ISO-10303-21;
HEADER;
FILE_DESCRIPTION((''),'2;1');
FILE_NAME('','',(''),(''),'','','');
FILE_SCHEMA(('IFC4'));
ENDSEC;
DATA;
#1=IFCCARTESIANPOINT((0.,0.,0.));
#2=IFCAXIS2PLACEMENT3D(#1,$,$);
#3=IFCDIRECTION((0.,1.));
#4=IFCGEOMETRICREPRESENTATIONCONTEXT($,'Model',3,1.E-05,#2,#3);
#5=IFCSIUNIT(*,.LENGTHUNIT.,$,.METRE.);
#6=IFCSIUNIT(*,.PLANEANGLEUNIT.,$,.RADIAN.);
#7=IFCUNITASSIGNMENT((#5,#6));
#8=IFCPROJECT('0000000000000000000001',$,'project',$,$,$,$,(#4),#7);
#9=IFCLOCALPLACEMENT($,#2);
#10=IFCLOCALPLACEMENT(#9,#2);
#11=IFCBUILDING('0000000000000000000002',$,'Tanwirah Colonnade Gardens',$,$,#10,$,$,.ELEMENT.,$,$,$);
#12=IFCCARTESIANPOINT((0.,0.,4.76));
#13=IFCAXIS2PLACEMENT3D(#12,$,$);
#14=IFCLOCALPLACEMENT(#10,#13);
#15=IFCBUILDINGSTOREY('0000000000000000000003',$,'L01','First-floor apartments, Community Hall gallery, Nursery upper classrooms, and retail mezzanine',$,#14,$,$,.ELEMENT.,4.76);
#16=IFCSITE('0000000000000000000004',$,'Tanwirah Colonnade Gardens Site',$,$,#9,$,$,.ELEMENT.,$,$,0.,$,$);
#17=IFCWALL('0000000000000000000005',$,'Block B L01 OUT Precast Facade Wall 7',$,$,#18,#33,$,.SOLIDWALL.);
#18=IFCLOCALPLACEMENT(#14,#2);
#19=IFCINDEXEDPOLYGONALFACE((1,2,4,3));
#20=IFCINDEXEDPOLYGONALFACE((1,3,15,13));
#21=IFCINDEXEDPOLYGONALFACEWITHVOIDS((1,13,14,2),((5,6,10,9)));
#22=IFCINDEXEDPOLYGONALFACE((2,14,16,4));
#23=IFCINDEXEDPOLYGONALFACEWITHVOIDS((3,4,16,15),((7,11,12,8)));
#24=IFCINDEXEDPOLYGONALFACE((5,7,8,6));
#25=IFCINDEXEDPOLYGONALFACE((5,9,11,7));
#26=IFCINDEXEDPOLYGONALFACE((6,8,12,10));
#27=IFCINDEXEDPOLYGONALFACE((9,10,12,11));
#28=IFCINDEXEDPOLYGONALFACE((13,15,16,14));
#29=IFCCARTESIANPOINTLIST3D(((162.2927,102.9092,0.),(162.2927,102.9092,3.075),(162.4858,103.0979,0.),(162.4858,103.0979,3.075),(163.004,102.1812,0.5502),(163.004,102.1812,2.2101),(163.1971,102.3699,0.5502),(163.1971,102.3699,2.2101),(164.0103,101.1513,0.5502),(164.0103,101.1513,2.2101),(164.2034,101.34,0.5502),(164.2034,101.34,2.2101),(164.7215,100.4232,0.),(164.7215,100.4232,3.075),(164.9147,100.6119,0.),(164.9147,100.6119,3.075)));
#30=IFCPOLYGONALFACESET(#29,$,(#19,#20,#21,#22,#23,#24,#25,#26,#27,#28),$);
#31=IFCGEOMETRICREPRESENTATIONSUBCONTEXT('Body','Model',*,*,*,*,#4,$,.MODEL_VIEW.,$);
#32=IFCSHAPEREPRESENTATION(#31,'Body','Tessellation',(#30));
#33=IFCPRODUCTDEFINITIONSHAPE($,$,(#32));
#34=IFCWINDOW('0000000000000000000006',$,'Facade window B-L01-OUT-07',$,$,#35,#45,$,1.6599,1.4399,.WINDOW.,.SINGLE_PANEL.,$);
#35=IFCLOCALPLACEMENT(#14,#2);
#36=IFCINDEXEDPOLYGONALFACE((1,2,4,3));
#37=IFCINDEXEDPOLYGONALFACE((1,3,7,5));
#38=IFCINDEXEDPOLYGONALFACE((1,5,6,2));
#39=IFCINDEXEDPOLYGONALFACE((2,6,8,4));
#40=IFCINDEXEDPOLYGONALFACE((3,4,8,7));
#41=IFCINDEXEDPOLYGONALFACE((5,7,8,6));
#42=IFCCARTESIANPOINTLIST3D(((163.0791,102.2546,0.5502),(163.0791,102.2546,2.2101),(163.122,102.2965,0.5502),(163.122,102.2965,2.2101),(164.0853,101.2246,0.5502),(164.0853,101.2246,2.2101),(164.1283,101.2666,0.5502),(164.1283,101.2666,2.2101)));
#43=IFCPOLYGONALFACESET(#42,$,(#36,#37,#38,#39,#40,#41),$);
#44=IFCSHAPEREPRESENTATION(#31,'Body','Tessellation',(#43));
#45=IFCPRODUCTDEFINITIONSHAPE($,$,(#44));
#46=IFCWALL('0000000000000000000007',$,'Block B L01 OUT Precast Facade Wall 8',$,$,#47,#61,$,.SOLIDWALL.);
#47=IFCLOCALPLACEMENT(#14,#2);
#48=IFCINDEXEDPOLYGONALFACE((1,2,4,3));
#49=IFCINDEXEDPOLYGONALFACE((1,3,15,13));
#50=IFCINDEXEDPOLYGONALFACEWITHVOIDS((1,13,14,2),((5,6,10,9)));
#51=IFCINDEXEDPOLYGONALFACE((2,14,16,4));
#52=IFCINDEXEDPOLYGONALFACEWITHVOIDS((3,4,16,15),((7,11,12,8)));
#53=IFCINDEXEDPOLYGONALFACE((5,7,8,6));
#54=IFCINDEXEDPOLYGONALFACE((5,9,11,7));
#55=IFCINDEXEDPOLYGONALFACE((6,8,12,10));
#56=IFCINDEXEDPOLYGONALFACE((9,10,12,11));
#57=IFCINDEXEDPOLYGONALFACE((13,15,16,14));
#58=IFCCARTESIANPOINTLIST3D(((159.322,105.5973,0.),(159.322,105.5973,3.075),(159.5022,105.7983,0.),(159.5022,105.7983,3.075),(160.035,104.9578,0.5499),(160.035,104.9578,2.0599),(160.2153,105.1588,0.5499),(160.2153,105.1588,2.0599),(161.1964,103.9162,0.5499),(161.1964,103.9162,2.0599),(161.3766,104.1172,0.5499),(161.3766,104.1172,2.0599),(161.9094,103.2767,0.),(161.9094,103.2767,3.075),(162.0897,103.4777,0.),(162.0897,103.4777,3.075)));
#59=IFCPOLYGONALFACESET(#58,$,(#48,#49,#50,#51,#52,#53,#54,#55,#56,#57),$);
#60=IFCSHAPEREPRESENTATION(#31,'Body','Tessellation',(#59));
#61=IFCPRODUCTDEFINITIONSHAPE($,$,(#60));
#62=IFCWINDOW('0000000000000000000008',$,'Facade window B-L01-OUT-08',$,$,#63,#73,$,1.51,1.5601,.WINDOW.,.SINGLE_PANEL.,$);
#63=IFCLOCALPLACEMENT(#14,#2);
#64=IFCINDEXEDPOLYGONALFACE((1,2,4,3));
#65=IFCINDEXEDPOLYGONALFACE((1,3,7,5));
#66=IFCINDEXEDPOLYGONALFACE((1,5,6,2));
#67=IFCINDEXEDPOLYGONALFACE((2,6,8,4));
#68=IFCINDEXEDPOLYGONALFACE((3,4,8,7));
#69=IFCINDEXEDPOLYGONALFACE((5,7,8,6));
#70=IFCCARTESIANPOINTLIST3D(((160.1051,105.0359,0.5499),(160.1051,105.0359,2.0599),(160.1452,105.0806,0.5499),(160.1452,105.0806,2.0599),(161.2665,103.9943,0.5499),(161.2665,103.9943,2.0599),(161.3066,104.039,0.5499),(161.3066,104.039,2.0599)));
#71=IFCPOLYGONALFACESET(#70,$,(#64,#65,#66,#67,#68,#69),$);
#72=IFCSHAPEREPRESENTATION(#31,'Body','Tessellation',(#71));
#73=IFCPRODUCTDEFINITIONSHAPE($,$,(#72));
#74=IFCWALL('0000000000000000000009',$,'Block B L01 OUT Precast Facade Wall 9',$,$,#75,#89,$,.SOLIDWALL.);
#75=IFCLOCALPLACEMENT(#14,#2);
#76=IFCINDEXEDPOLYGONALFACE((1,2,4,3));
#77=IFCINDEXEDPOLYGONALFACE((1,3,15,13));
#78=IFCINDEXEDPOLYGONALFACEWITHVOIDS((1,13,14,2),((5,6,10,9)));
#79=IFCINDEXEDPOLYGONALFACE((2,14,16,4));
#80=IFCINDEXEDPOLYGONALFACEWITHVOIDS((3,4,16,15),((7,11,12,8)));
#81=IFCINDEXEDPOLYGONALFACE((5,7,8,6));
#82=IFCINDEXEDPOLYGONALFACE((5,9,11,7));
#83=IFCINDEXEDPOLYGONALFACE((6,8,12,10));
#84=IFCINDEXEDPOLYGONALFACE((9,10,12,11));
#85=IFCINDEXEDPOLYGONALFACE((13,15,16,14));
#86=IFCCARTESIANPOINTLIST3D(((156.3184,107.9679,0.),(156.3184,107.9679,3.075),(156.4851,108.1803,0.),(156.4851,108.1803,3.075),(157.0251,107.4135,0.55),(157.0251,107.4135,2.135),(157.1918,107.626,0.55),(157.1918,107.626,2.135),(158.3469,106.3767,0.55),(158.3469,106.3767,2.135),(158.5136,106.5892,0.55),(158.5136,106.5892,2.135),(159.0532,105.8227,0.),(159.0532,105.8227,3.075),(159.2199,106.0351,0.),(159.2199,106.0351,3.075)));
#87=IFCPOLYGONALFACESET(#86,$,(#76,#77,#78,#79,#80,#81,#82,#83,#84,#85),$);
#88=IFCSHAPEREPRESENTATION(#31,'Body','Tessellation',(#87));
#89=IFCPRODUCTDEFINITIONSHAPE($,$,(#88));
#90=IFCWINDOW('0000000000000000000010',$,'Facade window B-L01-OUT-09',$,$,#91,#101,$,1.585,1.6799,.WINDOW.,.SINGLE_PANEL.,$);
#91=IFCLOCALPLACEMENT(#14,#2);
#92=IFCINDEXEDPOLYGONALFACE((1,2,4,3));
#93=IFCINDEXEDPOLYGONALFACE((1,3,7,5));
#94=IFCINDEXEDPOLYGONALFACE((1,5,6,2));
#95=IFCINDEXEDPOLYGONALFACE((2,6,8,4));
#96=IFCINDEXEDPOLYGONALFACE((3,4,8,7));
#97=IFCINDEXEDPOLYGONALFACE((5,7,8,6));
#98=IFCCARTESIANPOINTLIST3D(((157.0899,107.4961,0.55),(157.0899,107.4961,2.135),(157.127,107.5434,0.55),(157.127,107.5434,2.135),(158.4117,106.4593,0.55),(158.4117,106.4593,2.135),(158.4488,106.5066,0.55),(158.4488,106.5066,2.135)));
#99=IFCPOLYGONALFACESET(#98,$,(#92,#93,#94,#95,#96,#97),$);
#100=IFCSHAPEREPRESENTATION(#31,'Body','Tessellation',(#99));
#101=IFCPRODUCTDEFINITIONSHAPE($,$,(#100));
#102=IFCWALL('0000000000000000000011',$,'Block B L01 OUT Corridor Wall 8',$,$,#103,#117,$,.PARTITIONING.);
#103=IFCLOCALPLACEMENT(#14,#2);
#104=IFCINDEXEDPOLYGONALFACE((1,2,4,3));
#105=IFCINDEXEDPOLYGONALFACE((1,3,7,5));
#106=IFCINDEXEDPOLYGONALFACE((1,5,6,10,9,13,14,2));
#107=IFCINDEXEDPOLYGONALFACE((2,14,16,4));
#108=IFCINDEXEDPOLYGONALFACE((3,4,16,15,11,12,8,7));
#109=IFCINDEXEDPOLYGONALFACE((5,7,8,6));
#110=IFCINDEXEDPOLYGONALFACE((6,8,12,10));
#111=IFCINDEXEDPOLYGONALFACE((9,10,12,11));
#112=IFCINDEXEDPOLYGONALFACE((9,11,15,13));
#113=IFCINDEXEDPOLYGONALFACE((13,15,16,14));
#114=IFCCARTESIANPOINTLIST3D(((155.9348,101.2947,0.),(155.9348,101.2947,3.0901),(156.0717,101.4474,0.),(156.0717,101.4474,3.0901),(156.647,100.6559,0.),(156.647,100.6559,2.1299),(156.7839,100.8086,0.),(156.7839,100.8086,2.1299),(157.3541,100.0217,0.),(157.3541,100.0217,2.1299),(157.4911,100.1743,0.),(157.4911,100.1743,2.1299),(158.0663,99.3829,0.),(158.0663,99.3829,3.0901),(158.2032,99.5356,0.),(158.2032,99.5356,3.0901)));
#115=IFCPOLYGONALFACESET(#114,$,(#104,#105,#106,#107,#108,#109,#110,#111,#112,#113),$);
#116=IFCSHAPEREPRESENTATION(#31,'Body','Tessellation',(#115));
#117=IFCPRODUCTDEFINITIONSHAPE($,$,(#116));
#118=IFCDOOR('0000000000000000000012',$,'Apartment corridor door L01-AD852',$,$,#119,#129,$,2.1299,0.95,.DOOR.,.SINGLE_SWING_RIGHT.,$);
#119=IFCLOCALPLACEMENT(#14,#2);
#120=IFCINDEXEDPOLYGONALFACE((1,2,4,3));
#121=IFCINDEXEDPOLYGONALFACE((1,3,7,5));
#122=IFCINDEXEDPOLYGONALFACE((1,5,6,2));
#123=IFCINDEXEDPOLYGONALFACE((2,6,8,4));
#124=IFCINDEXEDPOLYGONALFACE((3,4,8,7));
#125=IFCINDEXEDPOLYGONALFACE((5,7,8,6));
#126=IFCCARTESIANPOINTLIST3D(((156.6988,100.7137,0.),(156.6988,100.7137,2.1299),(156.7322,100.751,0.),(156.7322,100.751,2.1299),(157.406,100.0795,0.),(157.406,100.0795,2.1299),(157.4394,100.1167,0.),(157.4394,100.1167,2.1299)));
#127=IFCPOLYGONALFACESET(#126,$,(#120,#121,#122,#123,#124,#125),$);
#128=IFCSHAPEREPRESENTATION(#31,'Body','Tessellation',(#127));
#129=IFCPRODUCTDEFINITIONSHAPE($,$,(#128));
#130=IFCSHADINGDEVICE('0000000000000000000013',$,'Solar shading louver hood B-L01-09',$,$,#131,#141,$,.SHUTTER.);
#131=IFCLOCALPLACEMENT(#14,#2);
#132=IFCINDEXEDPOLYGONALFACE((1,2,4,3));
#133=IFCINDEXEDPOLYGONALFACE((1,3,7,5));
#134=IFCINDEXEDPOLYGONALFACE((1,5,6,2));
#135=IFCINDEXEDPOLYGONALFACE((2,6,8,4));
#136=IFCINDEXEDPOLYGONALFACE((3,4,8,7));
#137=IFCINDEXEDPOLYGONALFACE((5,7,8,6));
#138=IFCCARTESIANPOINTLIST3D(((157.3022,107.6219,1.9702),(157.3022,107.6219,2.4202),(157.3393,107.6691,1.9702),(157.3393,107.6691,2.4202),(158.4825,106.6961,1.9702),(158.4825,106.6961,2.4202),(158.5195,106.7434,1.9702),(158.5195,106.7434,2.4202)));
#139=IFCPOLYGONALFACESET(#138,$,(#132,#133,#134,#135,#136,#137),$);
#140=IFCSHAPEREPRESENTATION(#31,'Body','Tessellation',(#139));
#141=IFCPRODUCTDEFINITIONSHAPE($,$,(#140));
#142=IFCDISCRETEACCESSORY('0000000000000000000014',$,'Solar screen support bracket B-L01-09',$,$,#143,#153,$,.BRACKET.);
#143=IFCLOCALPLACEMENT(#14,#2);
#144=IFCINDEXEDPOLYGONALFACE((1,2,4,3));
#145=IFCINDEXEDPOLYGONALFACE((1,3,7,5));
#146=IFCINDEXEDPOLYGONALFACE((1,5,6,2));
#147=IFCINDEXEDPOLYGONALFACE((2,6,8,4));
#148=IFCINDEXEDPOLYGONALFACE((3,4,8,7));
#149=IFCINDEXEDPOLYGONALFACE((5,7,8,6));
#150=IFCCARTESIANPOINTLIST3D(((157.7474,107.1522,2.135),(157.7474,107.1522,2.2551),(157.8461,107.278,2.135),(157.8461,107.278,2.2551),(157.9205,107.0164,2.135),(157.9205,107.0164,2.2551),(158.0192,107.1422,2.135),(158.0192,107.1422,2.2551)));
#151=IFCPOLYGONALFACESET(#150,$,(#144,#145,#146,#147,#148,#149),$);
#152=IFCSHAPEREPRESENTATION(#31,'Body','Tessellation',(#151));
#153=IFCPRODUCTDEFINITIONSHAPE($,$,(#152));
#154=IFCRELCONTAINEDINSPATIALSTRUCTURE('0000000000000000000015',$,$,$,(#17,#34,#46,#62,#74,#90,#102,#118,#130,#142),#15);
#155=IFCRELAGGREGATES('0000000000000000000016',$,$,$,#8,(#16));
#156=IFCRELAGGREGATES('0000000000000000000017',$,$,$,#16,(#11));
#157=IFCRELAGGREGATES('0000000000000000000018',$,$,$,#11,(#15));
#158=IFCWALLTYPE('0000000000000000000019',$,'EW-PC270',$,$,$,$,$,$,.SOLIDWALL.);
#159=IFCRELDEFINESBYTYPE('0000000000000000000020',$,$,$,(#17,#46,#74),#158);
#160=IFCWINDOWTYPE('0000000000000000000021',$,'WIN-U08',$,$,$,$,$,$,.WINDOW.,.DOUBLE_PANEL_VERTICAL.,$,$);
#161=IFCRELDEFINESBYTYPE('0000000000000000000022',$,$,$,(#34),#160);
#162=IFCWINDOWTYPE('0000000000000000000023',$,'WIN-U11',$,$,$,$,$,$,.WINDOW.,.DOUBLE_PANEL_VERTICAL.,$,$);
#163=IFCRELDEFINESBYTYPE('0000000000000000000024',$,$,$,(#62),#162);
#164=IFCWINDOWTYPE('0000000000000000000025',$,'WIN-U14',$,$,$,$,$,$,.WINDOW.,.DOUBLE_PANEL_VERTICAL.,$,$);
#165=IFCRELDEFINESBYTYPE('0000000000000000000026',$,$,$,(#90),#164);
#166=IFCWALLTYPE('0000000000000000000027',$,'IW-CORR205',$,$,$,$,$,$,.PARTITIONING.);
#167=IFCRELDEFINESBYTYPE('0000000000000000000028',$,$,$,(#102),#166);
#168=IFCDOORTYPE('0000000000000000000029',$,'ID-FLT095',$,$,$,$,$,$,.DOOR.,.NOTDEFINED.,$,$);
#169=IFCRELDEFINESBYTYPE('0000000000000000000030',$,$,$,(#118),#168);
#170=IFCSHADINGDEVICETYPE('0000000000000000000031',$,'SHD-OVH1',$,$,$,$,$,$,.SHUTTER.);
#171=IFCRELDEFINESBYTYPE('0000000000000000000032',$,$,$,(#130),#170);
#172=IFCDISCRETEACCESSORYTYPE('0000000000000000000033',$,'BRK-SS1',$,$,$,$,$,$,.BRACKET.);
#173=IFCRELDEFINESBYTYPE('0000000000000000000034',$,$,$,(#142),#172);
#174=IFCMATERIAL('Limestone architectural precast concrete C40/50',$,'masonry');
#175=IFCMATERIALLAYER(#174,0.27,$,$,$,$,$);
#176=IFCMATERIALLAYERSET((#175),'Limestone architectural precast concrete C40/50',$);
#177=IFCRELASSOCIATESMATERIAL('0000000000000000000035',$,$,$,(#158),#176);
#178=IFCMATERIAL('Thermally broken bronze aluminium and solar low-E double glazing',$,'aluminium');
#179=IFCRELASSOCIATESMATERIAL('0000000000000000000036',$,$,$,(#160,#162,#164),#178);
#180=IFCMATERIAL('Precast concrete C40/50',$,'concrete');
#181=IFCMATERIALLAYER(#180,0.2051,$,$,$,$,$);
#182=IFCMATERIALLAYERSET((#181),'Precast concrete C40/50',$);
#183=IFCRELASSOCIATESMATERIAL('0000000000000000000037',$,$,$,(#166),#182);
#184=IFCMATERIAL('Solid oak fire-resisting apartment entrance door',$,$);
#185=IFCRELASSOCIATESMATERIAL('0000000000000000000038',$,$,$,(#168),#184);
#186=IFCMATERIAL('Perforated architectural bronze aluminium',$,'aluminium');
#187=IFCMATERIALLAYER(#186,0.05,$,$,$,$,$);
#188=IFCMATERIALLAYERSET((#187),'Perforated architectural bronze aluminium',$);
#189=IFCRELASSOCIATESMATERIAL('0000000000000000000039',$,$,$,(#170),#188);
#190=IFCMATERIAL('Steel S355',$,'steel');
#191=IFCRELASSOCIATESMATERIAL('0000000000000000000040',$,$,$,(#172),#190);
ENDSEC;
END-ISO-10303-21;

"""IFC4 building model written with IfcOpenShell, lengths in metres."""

from ifc_helpers import new_model, si_unit, direction, frame, frame_2d, origin, origin_2d, place, context, subcontext, project, spatial, rectangle, extrude, material, layer, layer_set, type_object, element, fill, save


model = new_model("IFC4")

# Units and contexts
model_context = context("Model", 3, precision=1e-05, world=origin(), true_north=direction((0.0, 1.0)))
body_context = subcontext(model_context, "Body", "Model", "MODEL_VIEW")
ifc_project = project(units=[si_unit("LENGTHUNIT", "METRE"), si_unit("PLANEANGLEUNIT", "RADIAN")], contexts=[model_context])

# Site, building, storey
site_placement = place(None, origin())
site = spatial("IfcSite", under=ifc_project, at=site_placement, Name="Tanwirah Colonnade Gardens Site", CompositionType="ELEMENT", RefElevation=0.0)
building_placement = place(site_placement, origin())
building = spatial("IfcBuilding", under=site, at=building_placement, Name="Tanwirah Colonnade Gardens", CompositionType="ELEMENT")
storey_placement = place(building_placement, frame((0.0, 0.0, 4.76)))
storey = spatial("IfcBuildingStorey", under=building, at=storey_placement, Name="L01", Description="First-floor apartments, Community Hall gallery, Nursery upper classrooms, and retail mezzanine", CompositionType="ELEMENT", Elevation=4.76)

# Shared definitions
ifc_material_1 = material(Name="Precast concrete C40/50", Category="concrete")

# Shared definitions
ifc_material_2 = material(Name="Limestone architectural precast concrete C40/50", Category="masonry")
ifc_layer_1 = layer(ifc_material_2, 0.27)
ifc_layer_set_1 = layer_set([ifc_layer_1], Name="Limestone architectural precast concrete C40/50")
wall_type_1 = type_object("IfcWallType", Name="EW-PC270", PredefinedType="SOLIDWALL", material=ifc_layer_set_1)

# Walls, openings, windows
wall_1_placement = place(storey_placement, frame((164.8181, 100.5176, 0.0), z_axis=(0.0, 0.0, 1.0), x_axis=(-0.698841, 0.715277, 0.0)))
wall_1 = element("IfcWall", 1, at=wall_1_placement, inside=storey, type_object=wall_type_1, Name="Block B L01 OUT Precast Facade Wall 7", PredefinedType="SOLIDWALL", context=body_context, shape_type="SweptSolid", body=[
    extrude(rectangle(XDim=3.4756, YDim=0.27, at=frame_2d((1.7378, 0.0))), origin(), (0.0, 0.0, 1.0), 3.075),
])
opening_1_placement = place(wall_1_placement, frame((1.0178, 0.0, 0.55)))
opening_1 = element("IfcOpeningElement", 2, at=opening_1_placement, cuts=wall_1, PredefinedType="OPENING", context=body_context, shape_type="SweptSolid", body=[
    extrude(rectangle(XDim=1.4399, YDim=1.6599, at=frame_2d((0.72, 0.8301))), frame((0.0, 0.145, 0.0), z_axis=(0.0, -1.0, 0.0), x_axis=(1.0, 0.0, 0.0)), (0.0, 0.0, 1.0), 0.29),
])
ifc_material_3 = material(Name="Thermally broken bronze aluminium and solar low-E double glazing", Category="aluminium")
window_type_1 = type_object("IfcWindowType", Name="WIN-U08", PartitioningType="DOUBLE_PANEL_VERTICAL", PredefinedType="WINDOW", material=ifc_material_3)
window_1_placement = place(opening_1_placement, origin())
window_1 = element("IfcWindow", 3, at=window_1_placement, inside=storey, type_object=window_type_1, Name="Facade window B-L01-OUT-07", OverallHeight=1.6599, OverallWidth=1.4399, PartitioningType="SINGLE_PANEL", PredefinedType="WINDOW", context=body_context, shape_type="SweptSolid", body=[
    extrude(rectangle(XDim=1.4399, YDim=1.6599, at=frame_2d((0.72, 0.8301))), frame((0.0, 0.03, 0.0), z_axis=(0.0, -1.0, 0.0), x_axis=(1.0, 0.0, 0.0)), (0.0, 0.0, 1.0), 0.0601),
])
fill(opening_1, window_1)
wall_2_placement = place(storey_placement, frame((161.9995, 103.3772, 0.0), z_axis=(0.0, 0.0, 1.0), x_axis=(-0.744453, 0.667675, 0.0)))
wall_2 = element("IfcWall", 4, at=wall_2_placement, inside=storey, type_object=wall_type_1, Name="Block B L01 OUT Precast Facade Wall 8", PredefinedType="SOLIDWALL", context=body_context, shape_type="SweptSolid", body=[
    extrude(rectangle(XDim=3.4756, YDim=0.27, at=frame_2d((1.7378, 0.0))), origin(), (0.0, 0.0, 1.0), 3.075),
])
opening_2_placement = place(wall_2_placement, frame((0.9578, 0.0, 0.55)))
opening_2 = element("IfcOpeningElement", 5, at=opening_2_placement, cuts=wall_2, PredefinedType="OPENING", context=body_context, shape_type="SweptSolid", body=[
    extrude(rectangle(XDim=1.5601, YDim=1.51, at=frame_2d((0.78, 0.7549))), frame((0.0, 0.145, 0.0), z_axis=(0.0, -1.0, 0.0), x_axis=(1.0, 0.0, 0.0)), (0.0, 0.0, 1.0), 0.29),
])
window_type_2 = type_object("IfcWindowType", Name="WIN-U11", PartitioningType="DOUBLE_PANEL_VERTICAL", PredefinedType="WINDOW", material=ifc_material_3)
window_2_placement = place(opening_2_placement, origin())
window_2 = element("IfcWindow", 6, at=window_2_placement, inside=storey, type_object=window_type_2, Name="Facade window B-L01-OUT-08", OverallHeight=1.51, OverallWidth=1.5601, PartitioningType="SINGLE_PANEL", PredefinedType="WINDOW", context=body_context, shape_type="SweptSolid", body=[
    extrude(rectangle(XDim=1.5601, YDim=1.51, at=frame_2d((0.78, 0.7549))), frame((0.0, 0.03, 0.0), z_axis=(0.0, -1.0, 0.0), x_axis=(1.0, 0.0, 0.0)), (0.0, 0.0, 1.0), 0.0601),
])
fill(opening_2, window_2)
wall_3_placement = place(storey_placement, frame((159.1365, 105.929, 0.0), z_axis=(0.0, 0.0, 1.0), x_axis=(-0.786815, 0.617189, 0.0)))
wall_3 = element("IfcWall", 7, at=wall_3_placement, inside=storey, type_object=wall_type_1, Name="Block B L01 OUT Precast Facade Wall 9", PredefinedType="SOLIDWALL", context=body_context, shape_type="SweptSolid", body=[
    extrude(rectangle(XDim=3.4758, YDim=0.27, at=frame_2d((1.7378, 0.0))), origin(), (0.0, 0.0, 1.0), 3.075),
])
opening_3_placement = place(wall_3_placement, frame((0.8977, 0.0, 0.55)))
opening_3 = element("IfcOpeningElement", 8, at=opening_3_placement, cuts=wall_3, PredefinedType="OPENING", context=body_context, shape_type="SweptSolid", body=[
    extrude(rectangle(XDim=1.6799, YDim=1.585, at=frame_2d((0.8398, 0.7925))), frame((0.0, 0.145, 0.0), z_axis=(0.0, -1.0, 0.0), x_axis=(1.0, 0.0, 0.0)), (0.0, 0.0, 1.0), 0.29),
])
window_type_3 = type_object("IfcWindowType", Name="WIN-U14", PartitioningType="DOUBLE_PANEL_VERTICAL", PredefinedType="WINDOW", material=ifc_material_3)
window_3_placement = place(opening_3_placement, origin())
window_3 = element("IfcWindow", 9, at=window_3_placement, inside=storey, type_object=window_type_3, Name="Facade window B-L01-OUT-09", OverallHeight=1.585, OverallWidth=1.6799, PartitioningType="SINGLE_PANEL", PredefinedType="WINDOW", context=body_context, shape_type="SweptSolid", body=[
    extrude(rectangle(XDim=1.6799, YDim=1.585, at=frame_2d((0.8398, 0.7925))), frame((0.0, 0.03, 0.0), z_axis=(0.0, -1.0, 0.0), x_axis=(1.0, 0.0, 0.0)), (0.0, 0.0, 1.0), 0.0601),
])
fill(opening_3, window_3)

# Wall, opening, door
ifc_layer_2 = layer(ifc_material_1, 0.2051)
ifc_layer_set_2 = layer_set([ifc_layer_2], Name="Precast concrete C40/50")
wall_type_2 = type_object("IfcWallType", Name="IW-CORR205", PredefinedType="PARTITIONING", material=ifc_layer_set_2)
wall_4_placement = place(storey_placement, frame((158.1348, 99.4592, 0.0), z_axis=(0.0, 0.0, 1.0), x_axis=(-0.744434, 0.667697, 0.0)))
wall_4 = element("IfcWall", 10, at=wall_4_placement, inside=storey, type_object=wall_type_2, Name="Block B L01 OUT Corridor Wall 8", PredefinedType="PARTITIONING", context=body_context, shape_type="SweptSolid", body=[
    extrude(rectangle(XDim=2.8633, YDim=0.2051, at=frame_2d((1.4316, 0.0))), origin(), (0.0, 0.0, 1.0), 3.0901),
])
opening_4_placement = place(wall_4_placement, frame((0.9565, 0.0, 0.0)))
opening_4 = element("IfcOpeningElement", 11, at=opening_4_placement, cuts=wall_4, PredefinedType="OPENING", context=body_context, shape_type="SweptSolid", body=[
    extrude(rectangle(XDim=0.95, YDim=2.1299, at=frame_2d((0.4751, 1.0649))), frame((0.0, 0.1125, 0.0), z_axis=(0.0, -1.0, 0.0), x_axis=(1.0, 0.0, 0.0)), (0.0, 0.0, 1.0), 0.2251),
])
ifc_material_4 = material(Name="Solid oak fire-resisting apartment entrance door")
door_type_1 = type_object("IfcDoorType", Name="ID-FLT095", OperationType="NOTDEFINED", PredefinedType="DOOR", material=ifc_material_4)
door_1_placement = place(opening_4_placement, origin())
door_1 = element("IfcDoor", 12, at=door_1_placement, inside=storey, type_object=door_type_1, Name="Apartment corridor door L01-AD852", OperationType="SINGLE_SWING_RIGHT", OverallHeight=2.1299, OverallWidth=0.95, PredefinedType="DOOR", context=body_context, shape_type="SweptSolid", body=[
    extrude(rectangle(XDim=0.95, YDim=2.1299, at=frame_2d((0.4751, 1.0649))), frame((0.0, 0.0249, 0.0), z_axis=(0.0, -1.0, 0.0), x_axis=(1.0, 0.0, 0.0)), (0.0, 0.0, 1.0), 0.05),
])
fill(opening_4, door_1)

# Shading device
ifc_material_5 = material(Name="Perforated architectural bronze aluminium", Category="aluminium")
ifc_layer_3 = layer(ifc_material_5, 0.05)
ifc_layer_set_3 = layer_set([ifc_layer_3], Name="Perforated architectural bronze aluminium")
shading_device_type = type_object("IfcShadingDeviceType", Name="SHD-OVH1", PredefinedType="SHUTTER", material=ifc_layer_set_3)
shading_device_placement = place(storey_placement, frame((157.9109, 107.1826, 1.9702), z_axis=(0.0, 0.0, 1.0), x_axis=(-0.786815, 0.617189, 0.0)))
element("IfcShadingDevice", 13, at=shading_device_placement, inside=storey, type_object=shading_device_type, Name="Solar shading louver hood B-L01-09", PredefinedType="SHUTTER", context=body_context, shape_type="SweptSolid", body=[
    extrude(rectangle(XDim=1.5, YDim=0.0601, at=origin_2d()), origin(), (0.0, 0.0, 1.0), 0.45),
])

# Discrete accessory
ifc_material_6 = material(Name="Steel S355", Category="steel")
discrete_accessory_type = type_object("IfcDiscreteAccessoryType", Name="BRK-SS1", PredefinedType="BRACKET", material=ifc_material_6)
discrete_accessory_placement = place(storey_placement, frame((157.8833, 107.1472, 2.135), z_axis=(0.0, 0.0, 1.0), x_axis=(-0.786815, 0.617189, 0.0)))
element("IfcDiscreteAccessory", 14, at=discrete_accessory_placement, inside=storey, type_object=discrete_accessory_type, Name="Solar screen support bracket B-L01-09", PredefinedType="BRACKET", context=body_context, shape_type="SweptSolid", body=[
    extrude(rectangle(XDim=0.22, YDim=0.1599, at=origin_2d()), origin(), (0.0, 0.0, 1.0), 0.1201),
])

save(model, "model.ifc")
